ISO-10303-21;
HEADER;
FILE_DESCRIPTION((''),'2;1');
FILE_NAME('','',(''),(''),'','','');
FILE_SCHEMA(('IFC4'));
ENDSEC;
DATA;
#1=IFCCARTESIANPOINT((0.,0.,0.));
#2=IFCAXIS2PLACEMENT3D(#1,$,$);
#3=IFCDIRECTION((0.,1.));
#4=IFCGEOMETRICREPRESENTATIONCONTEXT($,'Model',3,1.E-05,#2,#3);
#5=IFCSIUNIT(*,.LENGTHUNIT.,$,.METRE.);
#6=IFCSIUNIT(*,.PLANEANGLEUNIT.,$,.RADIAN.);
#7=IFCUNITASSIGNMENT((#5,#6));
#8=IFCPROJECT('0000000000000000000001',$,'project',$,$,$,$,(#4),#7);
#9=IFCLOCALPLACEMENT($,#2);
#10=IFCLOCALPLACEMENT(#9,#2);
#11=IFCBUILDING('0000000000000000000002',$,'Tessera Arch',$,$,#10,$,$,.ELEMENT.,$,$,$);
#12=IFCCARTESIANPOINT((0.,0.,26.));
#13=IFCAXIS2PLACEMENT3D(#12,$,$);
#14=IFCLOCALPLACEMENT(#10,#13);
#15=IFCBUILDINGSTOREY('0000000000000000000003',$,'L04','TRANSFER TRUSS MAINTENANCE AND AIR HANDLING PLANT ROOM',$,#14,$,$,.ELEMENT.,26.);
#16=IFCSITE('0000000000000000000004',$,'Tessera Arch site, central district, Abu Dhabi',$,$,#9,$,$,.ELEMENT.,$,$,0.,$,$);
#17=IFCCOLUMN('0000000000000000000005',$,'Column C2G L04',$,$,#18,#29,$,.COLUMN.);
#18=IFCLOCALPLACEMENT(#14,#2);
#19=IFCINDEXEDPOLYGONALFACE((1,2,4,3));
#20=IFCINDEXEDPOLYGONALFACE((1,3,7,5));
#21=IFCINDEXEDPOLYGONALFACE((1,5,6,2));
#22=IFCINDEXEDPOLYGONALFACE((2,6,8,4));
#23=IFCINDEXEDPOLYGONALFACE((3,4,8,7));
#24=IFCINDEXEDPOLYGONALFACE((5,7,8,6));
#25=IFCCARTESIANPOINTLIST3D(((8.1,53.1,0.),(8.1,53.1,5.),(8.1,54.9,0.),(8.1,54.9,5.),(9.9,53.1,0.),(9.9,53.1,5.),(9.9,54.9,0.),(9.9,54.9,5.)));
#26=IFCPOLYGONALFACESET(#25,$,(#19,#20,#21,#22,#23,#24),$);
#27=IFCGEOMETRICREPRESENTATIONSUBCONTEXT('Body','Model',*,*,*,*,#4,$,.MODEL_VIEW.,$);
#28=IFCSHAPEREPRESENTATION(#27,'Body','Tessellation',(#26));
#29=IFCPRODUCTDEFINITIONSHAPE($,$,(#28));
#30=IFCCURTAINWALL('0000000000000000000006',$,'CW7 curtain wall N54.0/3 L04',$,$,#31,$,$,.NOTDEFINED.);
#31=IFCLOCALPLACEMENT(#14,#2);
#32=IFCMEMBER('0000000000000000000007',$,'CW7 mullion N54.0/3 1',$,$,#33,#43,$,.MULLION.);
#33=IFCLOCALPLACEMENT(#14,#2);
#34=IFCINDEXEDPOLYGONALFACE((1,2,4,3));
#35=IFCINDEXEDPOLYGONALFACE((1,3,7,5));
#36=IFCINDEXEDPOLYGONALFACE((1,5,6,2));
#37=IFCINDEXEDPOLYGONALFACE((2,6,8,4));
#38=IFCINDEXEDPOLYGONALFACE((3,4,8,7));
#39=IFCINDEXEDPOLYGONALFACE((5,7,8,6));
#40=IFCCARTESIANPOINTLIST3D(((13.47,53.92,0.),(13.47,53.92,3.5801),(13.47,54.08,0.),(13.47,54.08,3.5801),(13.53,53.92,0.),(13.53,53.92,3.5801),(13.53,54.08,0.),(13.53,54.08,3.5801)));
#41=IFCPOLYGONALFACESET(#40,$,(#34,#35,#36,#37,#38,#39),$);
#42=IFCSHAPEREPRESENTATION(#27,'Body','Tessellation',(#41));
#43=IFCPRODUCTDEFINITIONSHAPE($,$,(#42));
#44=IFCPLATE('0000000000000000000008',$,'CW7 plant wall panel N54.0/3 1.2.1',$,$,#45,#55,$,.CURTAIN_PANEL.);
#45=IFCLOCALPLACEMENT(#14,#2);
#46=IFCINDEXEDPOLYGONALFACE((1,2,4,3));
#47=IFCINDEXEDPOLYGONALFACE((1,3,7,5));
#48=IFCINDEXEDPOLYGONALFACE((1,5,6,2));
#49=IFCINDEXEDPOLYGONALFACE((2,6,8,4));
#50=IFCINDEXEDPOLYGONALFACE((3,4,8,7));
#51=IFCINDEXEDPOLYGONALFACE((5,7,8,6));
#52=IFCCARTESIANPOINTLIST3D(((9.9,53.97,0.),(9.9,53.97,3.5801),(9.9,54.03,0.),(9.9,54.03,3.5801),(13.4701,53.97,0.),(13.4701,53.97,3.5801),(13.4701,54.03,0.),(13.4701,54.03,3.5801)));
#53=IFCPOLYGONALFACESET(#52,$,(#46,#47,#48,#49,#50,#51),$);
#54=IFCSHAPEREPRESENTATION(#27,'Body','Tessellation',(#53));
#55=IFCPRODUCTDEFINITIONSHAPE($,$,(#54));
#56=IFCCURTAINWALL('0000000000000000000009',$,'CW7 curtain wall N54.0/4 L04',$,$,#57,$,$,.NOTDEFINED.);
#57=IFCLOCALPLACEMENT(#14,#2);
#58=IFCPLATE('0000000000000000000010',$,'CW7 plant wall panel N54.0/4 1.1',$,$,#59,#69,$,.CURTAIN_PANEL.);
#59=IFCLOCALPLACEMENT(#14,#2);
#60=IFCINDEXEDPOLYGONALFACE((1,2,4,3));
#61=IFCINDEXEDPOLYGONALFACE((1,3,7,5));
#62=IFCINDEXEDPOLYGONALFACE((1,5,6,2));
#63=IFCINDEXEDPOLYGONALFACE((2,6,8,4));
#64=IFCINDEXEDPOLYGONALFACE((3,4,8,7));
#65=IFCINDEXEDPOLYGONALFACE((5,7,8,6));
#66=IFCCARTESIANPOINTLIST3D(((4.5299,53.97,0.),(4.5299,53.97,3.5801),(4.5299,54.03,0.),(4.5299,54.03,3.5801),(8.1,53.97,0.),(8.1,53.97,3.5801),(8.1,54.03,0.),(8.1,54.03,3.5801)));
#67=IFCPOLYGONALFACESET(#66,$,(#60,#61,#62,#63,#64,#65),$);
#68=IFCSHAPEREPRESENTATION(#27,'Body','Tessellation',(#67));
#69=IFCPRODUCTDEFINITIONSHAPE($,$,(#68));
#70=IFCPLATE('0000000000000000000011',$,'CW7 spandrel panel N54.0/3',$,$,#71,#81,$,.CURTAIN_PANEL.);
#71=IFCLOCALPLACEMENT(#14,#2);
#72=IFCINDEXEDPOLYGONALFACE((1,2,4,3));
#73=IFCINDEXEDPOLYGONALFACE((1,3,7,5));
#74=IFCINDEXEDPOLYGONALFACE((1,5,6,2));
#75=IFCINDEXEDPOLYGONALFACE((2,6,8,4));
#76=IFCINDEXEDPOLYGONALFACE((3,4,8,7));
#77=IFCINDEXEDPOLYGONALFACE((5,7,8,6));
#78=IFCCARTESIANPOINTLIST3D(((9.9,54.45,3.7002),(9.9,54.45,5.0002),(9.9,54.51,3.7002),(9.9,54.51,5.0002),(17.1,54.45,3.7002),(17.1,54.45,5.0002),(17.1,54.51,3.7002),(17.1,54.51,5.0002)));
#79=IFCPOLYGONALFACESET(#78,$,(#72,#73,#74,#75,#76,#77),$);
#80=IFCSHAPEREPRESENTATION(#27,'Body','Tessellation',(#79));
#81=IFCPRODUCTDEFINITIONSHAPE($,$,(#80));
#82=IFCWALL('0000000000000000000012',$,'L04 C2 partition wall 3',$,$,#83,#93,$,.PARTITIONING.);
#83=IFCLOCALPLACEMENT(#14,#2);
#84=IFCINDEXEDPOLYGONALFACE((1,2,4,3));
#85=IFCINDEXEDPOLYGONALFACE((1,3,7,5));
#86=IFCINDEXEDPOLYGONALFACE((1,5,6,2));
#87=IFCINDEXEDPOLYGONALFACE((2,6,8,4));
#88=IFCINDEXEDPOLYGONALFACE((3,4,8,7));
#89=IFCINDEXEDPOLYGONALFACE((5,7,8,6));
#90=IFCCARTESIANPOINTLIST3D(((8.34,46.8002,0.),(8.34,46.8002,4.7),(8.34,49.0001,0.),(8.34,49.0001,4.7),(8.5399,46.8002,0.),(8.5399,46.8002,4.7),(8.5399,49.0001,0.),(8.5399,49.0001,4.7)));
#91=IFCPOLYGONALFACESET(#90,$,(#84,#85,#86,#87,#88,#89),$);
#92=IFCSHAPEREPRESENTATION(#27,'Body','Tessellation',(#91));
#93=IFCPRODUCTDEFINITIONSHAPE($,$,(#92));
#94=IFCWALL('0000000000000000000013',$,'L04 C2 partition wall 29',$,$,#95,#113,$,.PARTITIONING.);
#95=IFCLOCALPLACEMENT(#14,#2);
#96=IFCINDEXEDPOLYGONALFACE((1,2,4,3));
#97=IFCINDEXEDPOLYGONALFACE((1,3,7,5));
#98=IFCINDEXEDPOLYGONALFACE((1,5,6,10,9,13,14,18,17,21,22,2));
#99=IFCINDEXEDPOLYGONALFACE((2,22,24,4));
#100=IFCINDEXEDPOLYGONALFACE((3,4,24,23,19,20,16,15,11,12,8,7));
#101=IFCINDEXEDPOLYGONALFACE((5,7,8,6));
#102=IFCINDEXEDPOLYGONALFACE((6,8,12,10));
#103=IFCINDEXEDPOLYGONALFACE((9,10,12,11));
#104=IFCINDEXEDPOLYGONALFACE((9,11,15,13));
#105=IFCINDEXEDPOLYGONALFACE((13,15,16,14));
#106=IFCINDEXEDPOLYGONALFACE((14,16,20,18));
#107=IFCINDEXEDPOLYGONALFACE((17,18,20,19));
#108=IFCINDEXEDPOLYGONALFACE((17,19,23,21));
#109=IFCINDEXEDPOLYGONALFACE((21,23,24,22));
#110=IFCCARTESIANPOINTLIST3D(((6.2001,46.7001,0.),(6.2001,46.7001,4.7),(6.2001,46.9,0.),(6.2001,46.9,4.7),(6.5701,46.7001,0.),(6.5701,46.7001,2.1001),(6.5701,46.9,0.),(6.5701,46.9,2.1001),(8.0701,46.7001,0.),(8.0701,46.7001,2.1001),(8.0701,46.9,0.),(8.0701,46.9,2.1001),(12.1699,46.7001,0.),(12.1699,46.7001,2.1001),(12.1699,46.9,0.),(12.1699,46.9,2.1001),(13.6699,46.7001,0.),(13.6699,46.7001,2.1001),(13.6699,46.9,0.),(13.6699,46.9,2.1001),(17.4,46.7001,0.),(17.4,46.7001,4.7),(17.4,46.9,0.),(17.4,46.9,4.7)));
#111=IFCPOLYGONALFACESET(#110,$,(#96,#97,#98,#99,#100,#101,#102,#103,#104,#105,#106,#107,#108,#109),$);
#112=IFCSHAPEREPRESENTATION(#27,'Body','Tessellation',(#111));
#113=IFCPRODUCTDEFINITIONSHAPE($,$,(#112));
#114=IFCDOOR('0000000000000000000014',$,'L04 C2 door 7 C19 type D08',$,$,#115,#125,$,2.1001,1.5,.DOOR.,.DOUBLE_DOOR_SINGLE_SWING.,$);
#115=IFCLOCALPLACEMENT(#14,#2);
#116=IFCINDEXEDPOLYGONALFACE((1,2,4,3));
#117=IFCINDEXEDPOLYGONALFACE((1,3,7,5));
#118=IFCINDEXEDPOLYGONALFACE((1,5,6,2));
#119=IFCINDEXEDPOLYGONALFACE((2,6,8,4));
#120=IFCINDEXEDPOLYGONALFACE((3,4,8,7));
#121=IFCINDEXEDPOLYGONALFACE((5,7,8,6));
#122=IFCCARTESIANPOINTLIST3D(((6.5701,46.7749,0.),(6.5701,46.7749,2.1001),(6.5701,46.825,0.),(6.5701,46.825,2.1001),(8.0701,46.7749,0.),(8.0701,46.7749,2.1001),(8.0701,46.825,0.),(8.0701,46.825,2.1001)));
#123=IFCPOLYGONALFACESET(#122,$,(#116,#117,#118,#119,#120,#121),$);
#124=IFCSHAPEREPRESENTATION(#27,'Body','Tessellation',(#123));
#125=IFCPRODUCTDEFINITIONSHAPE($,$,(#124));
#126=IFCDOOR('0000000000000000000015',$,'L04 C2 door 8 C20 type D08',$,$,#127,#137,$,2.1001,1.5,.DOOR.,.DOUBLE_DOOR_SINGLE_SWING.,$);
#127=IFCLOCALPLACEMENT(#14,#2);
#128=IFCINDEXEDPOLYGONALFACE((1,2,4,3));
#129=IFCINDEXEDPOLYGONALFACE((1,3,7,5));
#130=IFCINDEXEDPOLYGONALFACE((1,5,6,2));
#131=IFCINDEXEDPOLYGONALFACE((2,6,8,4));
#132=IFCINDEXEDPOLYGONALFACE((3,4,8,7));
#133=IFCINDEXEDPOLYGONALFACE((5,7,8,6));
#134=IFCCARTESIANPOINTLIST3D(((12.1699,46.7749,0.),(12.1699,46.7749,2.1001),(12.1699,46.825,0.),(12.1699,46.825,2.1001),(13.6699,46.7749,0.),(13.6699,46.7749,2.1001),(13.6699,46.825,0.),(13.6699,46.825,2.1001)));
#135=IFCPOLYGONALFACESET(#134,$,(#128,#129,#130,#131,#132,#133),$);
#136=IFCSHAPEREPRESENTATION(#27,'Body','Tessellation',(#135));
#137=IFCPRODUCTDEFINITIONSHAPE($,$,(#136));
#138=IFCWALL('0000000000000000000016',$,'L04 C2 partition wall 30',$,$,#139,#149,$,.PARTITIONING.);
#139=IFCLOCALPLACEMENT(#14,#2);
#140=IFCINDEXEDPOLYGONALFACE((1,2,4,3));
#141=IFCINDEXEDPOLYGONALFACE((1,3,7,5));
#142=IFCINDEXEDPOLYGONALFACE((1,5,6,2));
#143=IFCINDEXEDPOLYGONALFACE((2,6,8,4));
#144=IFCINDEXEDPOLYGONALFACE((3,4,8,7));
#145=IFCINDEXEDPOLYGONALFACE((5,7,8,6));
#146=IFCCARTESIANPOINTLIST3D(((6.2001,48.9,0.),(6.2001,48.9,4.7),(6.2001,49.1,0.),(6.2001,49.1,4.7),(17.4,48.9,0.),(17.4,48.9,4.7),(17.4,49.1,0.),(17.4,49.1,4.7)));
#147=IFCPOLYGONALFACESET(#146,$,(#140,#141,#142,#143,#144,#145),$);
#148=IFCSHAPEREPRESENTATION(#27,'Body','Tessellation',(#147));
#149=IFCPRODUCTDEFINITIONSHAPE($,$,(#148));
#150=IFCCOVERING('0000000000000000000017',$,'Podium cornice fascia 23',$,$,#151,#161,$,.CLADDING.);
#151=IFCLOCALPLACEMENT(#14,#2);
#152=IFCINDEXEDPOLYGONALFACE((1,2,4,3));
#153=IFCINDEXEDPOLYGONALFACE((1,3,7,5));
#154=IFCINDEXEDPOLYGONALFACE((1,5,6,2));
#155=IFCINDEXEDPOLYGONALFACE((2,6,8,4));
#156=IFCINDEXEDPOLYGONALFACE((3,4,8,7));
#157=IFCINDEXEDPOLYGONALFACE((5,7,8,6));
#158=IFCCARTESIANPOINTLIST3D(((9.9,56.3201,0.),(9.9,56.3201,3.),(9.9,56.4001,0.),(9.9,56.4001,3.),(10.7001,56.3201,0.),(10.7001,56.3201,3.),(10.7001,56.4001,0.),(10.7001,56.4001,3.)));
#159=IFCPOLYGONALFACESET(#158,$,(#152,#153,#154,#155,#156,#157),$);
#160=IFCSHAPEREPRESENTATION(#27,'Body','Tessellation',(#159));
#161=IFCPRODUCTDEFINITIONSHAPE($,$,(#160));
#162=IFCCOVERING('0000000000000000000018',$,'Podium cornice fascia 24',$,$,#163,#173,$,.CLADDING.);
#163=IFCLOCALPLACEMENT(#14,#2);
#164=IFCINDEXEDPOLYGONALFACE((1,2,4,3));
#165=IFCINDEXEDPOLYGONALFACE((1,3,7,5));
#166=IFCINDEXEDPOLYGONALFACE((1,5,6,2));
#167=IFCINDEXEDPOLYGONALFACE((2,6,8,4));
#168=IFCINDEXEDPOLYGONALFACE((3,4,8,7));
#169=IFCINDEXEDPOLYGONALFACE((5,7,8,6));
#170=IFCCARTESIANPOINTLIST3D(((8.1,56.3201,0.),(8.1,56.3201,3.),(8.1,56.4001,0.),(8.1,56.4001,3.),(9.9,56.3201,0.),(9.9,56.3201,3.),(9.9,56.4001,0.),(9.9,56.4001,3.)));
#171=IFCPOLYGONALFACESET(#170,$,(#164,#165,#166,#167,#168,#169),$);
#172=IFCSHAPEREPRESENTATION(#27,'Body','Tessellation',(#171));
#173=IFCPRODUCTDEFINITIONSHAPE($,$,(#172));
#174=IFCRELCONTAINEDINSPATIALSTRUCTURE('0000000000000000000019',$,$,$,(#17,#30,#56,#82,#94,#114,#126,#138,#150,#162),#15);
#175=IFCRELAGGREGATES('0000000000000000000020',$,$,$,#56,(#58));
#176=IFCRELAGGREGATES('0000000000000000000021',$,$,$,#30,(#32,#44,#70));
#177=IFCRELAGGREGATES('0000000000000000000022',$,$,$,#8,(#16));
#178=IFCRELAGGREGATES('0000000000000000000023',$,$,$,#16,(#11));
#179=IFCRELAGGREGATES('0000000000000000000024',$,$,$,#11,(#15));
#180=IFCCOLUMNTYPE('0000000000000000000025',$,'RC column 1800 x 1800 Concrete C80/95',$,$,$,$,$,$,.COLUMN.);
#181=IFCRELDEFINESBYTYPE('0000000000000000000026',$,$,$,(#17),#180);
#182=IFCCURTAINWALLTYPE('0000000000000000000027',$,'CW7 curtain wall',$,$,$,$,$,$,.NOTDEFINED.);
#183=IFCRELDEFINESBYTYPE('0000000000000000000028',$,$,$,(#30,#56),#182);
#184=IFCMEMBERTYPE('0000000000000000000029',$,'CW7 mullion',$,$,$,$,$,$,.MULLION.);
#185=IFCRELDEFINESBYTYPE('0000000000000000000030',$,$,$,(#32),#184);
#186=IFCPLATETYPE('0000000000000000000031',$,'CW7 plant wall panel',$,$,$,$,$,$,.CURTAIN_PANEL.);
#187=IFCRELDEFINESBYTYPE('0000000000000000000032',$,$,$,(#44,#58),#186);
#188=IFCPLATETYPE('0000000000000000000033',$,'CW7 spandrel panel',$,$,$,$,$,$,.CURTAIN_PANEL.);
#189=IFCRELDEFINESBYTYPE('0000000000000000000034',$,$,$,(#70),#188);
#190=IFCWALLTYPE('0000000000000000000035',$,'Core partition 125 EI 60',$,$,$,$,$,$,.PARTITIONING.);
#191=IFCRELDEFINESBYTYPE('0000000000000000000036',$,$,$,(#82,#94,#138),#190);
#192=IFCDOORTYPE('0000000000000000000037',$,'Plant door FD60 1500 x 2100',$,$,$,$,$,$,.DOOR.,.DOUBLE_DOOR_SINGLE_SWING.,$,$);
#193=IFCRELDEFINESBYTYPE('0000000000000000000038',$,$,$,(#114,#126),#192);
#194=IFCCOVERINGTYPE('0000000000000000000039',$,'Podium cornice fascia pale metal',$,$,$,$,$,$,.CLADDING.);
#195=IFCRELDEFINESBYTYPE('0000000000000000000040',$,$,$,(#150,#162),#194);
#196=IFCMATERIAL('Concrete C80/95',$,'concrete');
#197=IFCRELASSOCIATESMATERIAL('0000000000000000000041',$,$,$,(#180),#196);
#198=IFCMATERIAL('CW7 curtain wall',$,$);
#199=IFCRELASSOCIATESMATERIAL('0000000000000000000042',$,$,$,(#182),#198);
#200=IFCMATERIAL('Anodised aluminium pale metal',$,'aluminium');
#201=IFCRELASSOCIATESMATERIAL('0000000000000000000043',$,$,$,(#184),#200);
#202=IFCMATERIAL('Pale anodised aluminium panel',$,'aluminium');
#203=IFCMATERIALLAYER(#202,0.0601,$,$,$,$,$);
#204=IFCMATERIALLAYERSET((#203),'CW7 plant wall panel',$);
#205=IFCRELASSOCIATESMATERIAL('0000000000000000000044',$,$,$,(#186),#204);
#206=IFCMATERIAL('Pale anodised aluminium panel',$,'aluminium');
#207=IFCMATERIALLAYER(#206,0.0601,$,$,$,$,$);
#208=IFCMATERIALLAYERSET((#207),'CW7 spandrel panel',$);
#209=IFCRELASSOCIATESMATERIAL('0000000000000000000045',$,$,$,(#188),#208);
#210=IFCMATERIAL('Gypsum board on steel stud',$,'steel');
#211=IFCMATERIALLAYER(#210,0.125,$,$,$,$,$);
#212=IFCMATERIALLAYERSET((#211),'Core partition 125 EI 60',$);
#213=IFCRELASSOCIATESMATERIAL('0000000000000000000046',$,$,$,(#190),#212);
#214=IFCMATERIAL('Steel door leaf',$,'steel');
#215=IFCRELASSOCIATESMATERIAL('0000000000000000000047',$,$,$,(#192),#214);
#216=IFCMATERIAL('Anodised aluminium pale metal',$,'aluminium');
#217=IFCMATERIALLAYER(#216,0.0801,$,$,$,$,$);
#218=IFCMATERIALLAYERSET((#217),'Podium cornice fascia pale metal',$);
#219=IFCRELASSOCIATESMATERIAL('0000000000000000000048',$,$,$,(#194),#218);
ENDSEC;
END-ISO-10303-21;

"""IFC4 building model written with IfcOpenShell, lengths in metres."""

from ifc_helpers import new_model, si_unit, direction, frame, frame_2d, origin, origin_2d, place, context, subcontext, project, spatial, rectangle, extrude, material, layer, layer_set, material_profile, profile_set, type_object, element, fill, aggregate, save


model = new_model("IFC4")

# Units and contexts
model_context = context("Model", 3, precision=1e-05, world=origin(), true_north=direction((0.0, 1.0)))
body_context = subcontext(model_context, "Body", "Model", "MODEL_VIEW")
ifc_project = project(units=[si_unit("LENGTHUNIT", "METRE"), si_unit("PLANEANGLEUNIT", "RADIAN")], contexts=[model_context])

# Site, building, storey
site_placement = place(None, origin())
site = spatial("IfcSite", under=ifc_project, at=site_placement, Name="Tessera Arch site, central district, Abu Dhabi", CompositionType="ELEMENT", RefElevation=0.0)
building_placement = place(site_placement, origin())
building = spatial("IfcBuilding", under=site, at=building_placement, Name="Tessera Arch", CompositionType="ELEMENT")
storey_placement = place(building_placement, frame((0.0, 0.0, 26.0)))
storey = spatial("IfcBuildingStorey", under=building, at=storey_placement, Name="L04", Description="TRANSFER TRUSS MAINTENANCE AND AIR HANDLING PLANT ROOM", CompositionType="ELEMENT", Elevation=26.0)

# Column
ifc_material_1 = material(Name="Concrete C80/95", Category="concrete")
ifc_material_profile_1 = material_profile(ifc_material_1, rectangle(XDim=1.8, YDim=1.8, at=origin_2d()), Name="RC column 1800 x 1800 Concrete C80/95")
ifc_profile_set_1 = profile_set([ifc_material_profile_1], Name="Concrete C80/95")
column_type = type_object("IfcColumnType", Name="RC column 1800 x 1800 Concrete C80/95", PredefinedType="COLUMN", material=ifc_profile_set_1)
column_placement = place(storey_placement, frame((9.0, 54.0, 0.0), z_axis=(0.0, 0.0, 1.0), x_axis=(1.0, 0.0, 0.0)))
element("IfcColumn", 1, at=column_placement, inside=storey, type_object=column_type, Name="Column C2G L04", PredefinedType="COLUMN", context=body_context, shape_type="SweptSolid", body=[
    extrude(rectangle(XDim=1.8, YDim=1.8, at=origin_2d()), origin(), (0.0, 0.0, 1.0), 5.0),
])

# Curtain wall, member, plate
ifc_material_2 = material(Name="CW7 curtain wall")
curtain_wall_type = type_object("IfcCurtainWallType", Name="CW7 curtain wall", PredefinedType="NOTDEFINED", material=ifc_material_2)
curtain_wall_1_placement = place(storey_placement, origin())
curtain_wall_1 = element("IfcCurtainWall", 2, at=curtain_wall_1_placement, inside=storey, type_object=curtain_wall_type, Name="CW7 curtain wall N54.0/3 L04", PredefinedType="NOTDEFINED")
ifc_material_3 = material(Name="Anodised aluminium pale metal", Category="aluminium")
ifc_material_profile_2 = material_profile(ifc_material_3, rectangle(XDim=0.1599, YDim=0.0601, at=origin_2d()), Name="AL 60x160")
ifc_profile_set_2 = profile_set([ifc_material_profile_2], Name="Anodised aluminium pale metal")
member_type = type_object("IfcMemberType", Name="CW7 mullion", PredefinedType="MULLION", material=ifc_profile_set_2)
member_placement = place(storey_placement, frame((13.5, 54.0, 0.0), z_axis=(0.0, 0.0, 1.0), x_axis=(0.0, -1.0, 0.0)))
member = element("IfcMember", 3, at=member_placement, type_object=member_type, Name="CW7 mullion N54.0/3 1", PredefinedType="MULLION", context=body_context, shape_type="SweptSolid", body=[
    extrude(rectangle(XDim=0.1599, YDim=0.0601, at=origin_2d()), origin(), (0.0, 0.0, 1.0), 3.5801),
])
ifc_material_4 = material(Name="Pale anodised aluminium panel", Category="aluminium")
ifc_layer_1 = layer(ifc_material_4, 0.0601)
ifc_layer_set_1 = layer_set([ifc_layer_1], Name="CW7 plant wall panel")
plate_type_1 = type_object("IfcPlateType", Name="CW7 plant wall panel", PredefinedType="CURTAIN_PANEL", material=ifc_layer_set_1)
plate_1_placement = place(storey_placement, frame((11.6851, 54.0, 0.0), z_axis=(0.0, 0.0, 1.0), x_axis=(-1.0, 0.0, 0.0)))
plate_1 = element("IfcPlate", 4, at=plate_1_placement, type_object=plate_type_1, Name="CW7 plant wall panel N54.0/3 1.2.1", PredefinedType="CURTAIN_PANEL", context=body_context, shape_type="SweptSolid", body=[
    extrude(rectangle(XDim=3.5701, YDim=0.0601, at=origin_2d()), origin(), (0.0, 0.0, 1.0), 3.5801),
])

# Curtain wall, plate
curtain_wall_2_placement = place(storey_placement, origin())
curtain_wall_2 = element("IfcCurtainWall", 5, at=curtain_wall_2_placement, inside=storey, type_object=curtain_wall_type, Name="CW7 curtain wall N54.0/4 L04", PredefinedType="NOTDEFINED")
plate_2_placement = place(storey_placement, frame((6.3149, 54.0, 0.0), z_axis=(0.0, 0.0, 1.0), x_axis=(-1.0, 0.0, 0.0)))
plate_2 = element("IfcPlate", 6, at=plate_2_placement, type_object=plate_type_1, Name="CW7 plant wall panel N54.0/4 1.1", PredefinedType="CURTAIN_PANEL", context=body_context, shape_type="SweptSolid", body=[
    extrude(rectangle(XDim=3.5701, YDim=0.0601, at=origin_2d()), origin(), (0.0, 0.0, 1.0), 3.5801),
])
aggregate(curtain_wall_2, [plate_2])

# Plate
ifc_material_5 = material(Name="Pale anodised aluminium panel", Category="aluminium")
ifc_layer_2 = layer(ifc_material_5, 0.0601)
ifc_layer_set_2 = layer_set([ifc_layer_2], Name="CW7 spandrel panel")
plate_type_2 = type_object("IfcPlateType", Name="CW7 spandrel panel", PredefinedType="CURTAIN_PANEL", material=ifc_layer_set_2)
plate_3_placement = place(storey_placement, frame((13.5, 54.48, 3.7002), z_axis=(0.0, 0.0, 1.0), x_axis=(-1.0, 0.0, 0.0)))
plate_3 = element("IfcPlate", 7, at=plate_3_placement, type_object=plate_type_2, Name="CW7 spandrel panel N54.0/3", PredefinedType="CURTAIN_PANEL", context=body_context, shape_type="SweptSolid", body=[
    extrude(rectangle(XDim=7.2, YDim=0.0601, at=origin_2d()), origin(), (0.0, 0.0, 1.0), 1.3),
])
aggregate(curtain_wall_1, [member, plate_1, plate_3])

# Wall
ifc_material_6 = material(Name="Gypsum board on steel stud", Category="steel")
ifc_layer_3 = layer(ifc_material_6, 0.125)
ifc_layer_set_3 = layer_set([ifc_layer_3], Name="Core partition 125 EI 60")
wall_type = type_object("IfcWallType", Name="Core partition 125 EI 60", PredefinedType="PARTITIONING", material=ifc_layer_set_3)
wall_1_placement = place(storey_placement, frame((8.4399, 46.8, 0.0), z_axis=(0.0, 0.0, 1.0), x_axis=(0.0, 1.0, 0.0)))
element("IfcWall", 8, at=wall_1_placement, inside=storey, type_object=wall_type, Name="L04 C2 partition wall 3", PredefinedType="PARTITIONING", context=body_context, shape_type="SweptSolid", body=[
    extrude(rectangle(XDim=2.2, YDim=0.2, at=frame_2d((1.1001, 0.0))), origin(), (0.0, 0.0, 1.0), 4.7),
])

# Wall, openings, doors
wall_2_placement = place(storey_placement, frame((6.2, 46.8, 0.0), z_axis=(0.0, 0.0, 1.0), x_axis=(1.0, 0.0, 0.0)))
wall_2 = element("IfcWall", 9, at=wall_2_placement, inside=storey, type_object=wall_type, Name="L04 C2 partition wall 29", PredefinedType="PARTITIONING", context=body_context, shape_type="SweptSolid", body=[
    extrude(rectangle(XDim=11.2, YDim=0.2, at=frame_2d((5.6001, 0.0))), origin(), (0.0, 0.0, 1.0), 4.7),
])
opening_1_placement = place(wall_2_placement, frame((0.3701, 0.0, 0.0)))
opening_1 = element("IfcOpeningElement", 10, at=opening_1_placement, cuts=wall_2, PredefinedType="OPENING", context=body_context, shape_type="SweptSolid", body=[
    extrude(rectangle(XDim=1.5, YDim=2.1001, at=frame_2d((0.75, 1.05))), frame((0.0, 0.1099, 0.0), z_axis=(0.0, -1.0, 0.0), x_axis=(1.0, 0.0, 0.0)), (0.0, 0.0, 1.0), 0.22),
])
opening_2_placement = place(wall_2_placement, frame((5.97, 0.0, 0.0)))
opening_2 = element("IfcOpeningElement", 11, at=opening_2_placement, cuts=wall_2, PredefinedType="OPENING", context=body_context, shape_type="SweptSolid", body=[
    extrude(rectangle(XDim=1.5, YDim=2.1001, at=frame_2d((0.75, 1.05))), frame((0.0, 0.1099, 0.0), z_axis=(0.0, -1.0, 0.0), x_axis=(1.0, 0.0, 0.0)), (0.0, 0.0, 1.0), 0.22),
])
ifc_material_7 = material(Name="Steel door leaf", Category="steel")
door_type = type_object("IfcDoorType", Name="Plant door FD60 1500 x 2100", OperationType="DOUBLE_DOOR_SINGLE_SWING", PredefinedType="DOOR", material=ifc_material_7)
door_1_placement = place(opening_1_placement, origin())
door_1 = element("IfcDoor", 12, at=door_1_placement, inside=storey, type_object=door_type, Name="L04 C2 door 7 C19 type D08", OperationType="DOUBLE_DOOR_SINGLE_SWING", OverallHeight=2.1001, OverallWidth=1.5, PredefinedType="DOOR", context=body_context, shape_type="SweptSolid", body=[
    extrude(rectangle(XDim=1.5, YDim=2.1001, at=frame_2d((0.75, 1.05))), frame((0.0, 0.0249, 0.0), z_axis=(0.0, -1.0, 0.0), x_axis=(1.0, 0.0, 0.0)), (0.0, 0.0, 1.0), 0.05),
])
fill(opening_1, door_1)
door_2_placement = place(opening_2_placement, origin())
door_2 = element("IfcDoor", 13, at=door_2_placement, inside=storey, type_object=door_type, Name="L04 C2 door 8 C20 type D08", OperationType="DOUBLE_DOOR_SINGLE_SWING", OverallHeight=2.1001, OverallWidth=1.5, PredefinedType="DOOR", context=body_context, shape_type="SweptSolid", body=[
    extrude(rectangle(XDim=1.5, YDim=2.1001, at=frame_2d((0.75, 1.05))), frame((0.0, 0.0249, 0.0), z_axis=(0.0, -1.0, 0.0), x_axis=(1.0, 0.0, 0.0)), (0.0, 0.0, 1.0), 0.05),
])
fill(opening_2, door_2)

# Wall
wall_3_placement = place(storey_placement, frame((6.2, 49.0, 0.0), z_axis=(0.0, 0.0, 1.0), x_axis=(1.0, 0.0, 0.0)))
element("IfcWall", 14, at=wall_3_placement, inside=storey, type_object=wall_type, Name="L04 C2 partition wall 30", PredefinedType="PARTITIONING", context=body_context, shape_type="SweptSolid", body=[
    extrude(rectangle(XDim=11.2, YDim=0.2, at=frame_2d((5.6001, 0.0))), origin(), (0.0, 0.0, 1.0), 4.7),
])

# Coverings
ifc_material_8 = material(Name="Anodised aluminium pale metal", Category="aluminium")
ifc_layer_4 = layer(ifc_material_8, 0.0801)
ifc_layer_set_4 = layer_set([ifc_layer_4], Name="Podium cornice fascia pale metal")
covering_type = type_object("IfcCoveringType", Name="Podium cornice fascia pale metal", PredefinedType="CLADDING", material=ifc_layer_set_4)
covering_1_placement = place(storey_placement, frame((10.3, 56.3601, 0.0), z_axis=(0.0, 0.0, 1.0), x_axis=(-1.0, 0.0, 0.0)))
element("IfcCovering", 15, at=covering_1_placement, inside=storey, type_object=covering_type, Name="Podium cornice fascia 23", PredefinedType="CLADDING", context=body_context, shape_type="SweptSolid", body=[
    extrude(rectangle(XDim=0.8, YDim=0.0801, at=origin_2d()), origin(), (0.0, 0.0, 1.0), 3.0),
])
covering_2_placement = place(storey_placement, frame((9.0, 56.3601, 0.0), z_axis=(0.0, 0.0, 1.0), x_axis=(-1.0, 0.0, 0.0)))
element("IfcCovering", 16, at=covering_2_placement, inside=storey, type_object=covering_type, Name="Podium cornice fascia 24", PredefinedType="CLADDING", context=body_context, shape_type="SweptSolid", body=[
    extrude(rectangle(XDim=1.8, YDim=0.0801, at=origin_2d()), origin(), (0.0, 0.0, 1.0), 3.0),
])

save(model, "model.ifc")
